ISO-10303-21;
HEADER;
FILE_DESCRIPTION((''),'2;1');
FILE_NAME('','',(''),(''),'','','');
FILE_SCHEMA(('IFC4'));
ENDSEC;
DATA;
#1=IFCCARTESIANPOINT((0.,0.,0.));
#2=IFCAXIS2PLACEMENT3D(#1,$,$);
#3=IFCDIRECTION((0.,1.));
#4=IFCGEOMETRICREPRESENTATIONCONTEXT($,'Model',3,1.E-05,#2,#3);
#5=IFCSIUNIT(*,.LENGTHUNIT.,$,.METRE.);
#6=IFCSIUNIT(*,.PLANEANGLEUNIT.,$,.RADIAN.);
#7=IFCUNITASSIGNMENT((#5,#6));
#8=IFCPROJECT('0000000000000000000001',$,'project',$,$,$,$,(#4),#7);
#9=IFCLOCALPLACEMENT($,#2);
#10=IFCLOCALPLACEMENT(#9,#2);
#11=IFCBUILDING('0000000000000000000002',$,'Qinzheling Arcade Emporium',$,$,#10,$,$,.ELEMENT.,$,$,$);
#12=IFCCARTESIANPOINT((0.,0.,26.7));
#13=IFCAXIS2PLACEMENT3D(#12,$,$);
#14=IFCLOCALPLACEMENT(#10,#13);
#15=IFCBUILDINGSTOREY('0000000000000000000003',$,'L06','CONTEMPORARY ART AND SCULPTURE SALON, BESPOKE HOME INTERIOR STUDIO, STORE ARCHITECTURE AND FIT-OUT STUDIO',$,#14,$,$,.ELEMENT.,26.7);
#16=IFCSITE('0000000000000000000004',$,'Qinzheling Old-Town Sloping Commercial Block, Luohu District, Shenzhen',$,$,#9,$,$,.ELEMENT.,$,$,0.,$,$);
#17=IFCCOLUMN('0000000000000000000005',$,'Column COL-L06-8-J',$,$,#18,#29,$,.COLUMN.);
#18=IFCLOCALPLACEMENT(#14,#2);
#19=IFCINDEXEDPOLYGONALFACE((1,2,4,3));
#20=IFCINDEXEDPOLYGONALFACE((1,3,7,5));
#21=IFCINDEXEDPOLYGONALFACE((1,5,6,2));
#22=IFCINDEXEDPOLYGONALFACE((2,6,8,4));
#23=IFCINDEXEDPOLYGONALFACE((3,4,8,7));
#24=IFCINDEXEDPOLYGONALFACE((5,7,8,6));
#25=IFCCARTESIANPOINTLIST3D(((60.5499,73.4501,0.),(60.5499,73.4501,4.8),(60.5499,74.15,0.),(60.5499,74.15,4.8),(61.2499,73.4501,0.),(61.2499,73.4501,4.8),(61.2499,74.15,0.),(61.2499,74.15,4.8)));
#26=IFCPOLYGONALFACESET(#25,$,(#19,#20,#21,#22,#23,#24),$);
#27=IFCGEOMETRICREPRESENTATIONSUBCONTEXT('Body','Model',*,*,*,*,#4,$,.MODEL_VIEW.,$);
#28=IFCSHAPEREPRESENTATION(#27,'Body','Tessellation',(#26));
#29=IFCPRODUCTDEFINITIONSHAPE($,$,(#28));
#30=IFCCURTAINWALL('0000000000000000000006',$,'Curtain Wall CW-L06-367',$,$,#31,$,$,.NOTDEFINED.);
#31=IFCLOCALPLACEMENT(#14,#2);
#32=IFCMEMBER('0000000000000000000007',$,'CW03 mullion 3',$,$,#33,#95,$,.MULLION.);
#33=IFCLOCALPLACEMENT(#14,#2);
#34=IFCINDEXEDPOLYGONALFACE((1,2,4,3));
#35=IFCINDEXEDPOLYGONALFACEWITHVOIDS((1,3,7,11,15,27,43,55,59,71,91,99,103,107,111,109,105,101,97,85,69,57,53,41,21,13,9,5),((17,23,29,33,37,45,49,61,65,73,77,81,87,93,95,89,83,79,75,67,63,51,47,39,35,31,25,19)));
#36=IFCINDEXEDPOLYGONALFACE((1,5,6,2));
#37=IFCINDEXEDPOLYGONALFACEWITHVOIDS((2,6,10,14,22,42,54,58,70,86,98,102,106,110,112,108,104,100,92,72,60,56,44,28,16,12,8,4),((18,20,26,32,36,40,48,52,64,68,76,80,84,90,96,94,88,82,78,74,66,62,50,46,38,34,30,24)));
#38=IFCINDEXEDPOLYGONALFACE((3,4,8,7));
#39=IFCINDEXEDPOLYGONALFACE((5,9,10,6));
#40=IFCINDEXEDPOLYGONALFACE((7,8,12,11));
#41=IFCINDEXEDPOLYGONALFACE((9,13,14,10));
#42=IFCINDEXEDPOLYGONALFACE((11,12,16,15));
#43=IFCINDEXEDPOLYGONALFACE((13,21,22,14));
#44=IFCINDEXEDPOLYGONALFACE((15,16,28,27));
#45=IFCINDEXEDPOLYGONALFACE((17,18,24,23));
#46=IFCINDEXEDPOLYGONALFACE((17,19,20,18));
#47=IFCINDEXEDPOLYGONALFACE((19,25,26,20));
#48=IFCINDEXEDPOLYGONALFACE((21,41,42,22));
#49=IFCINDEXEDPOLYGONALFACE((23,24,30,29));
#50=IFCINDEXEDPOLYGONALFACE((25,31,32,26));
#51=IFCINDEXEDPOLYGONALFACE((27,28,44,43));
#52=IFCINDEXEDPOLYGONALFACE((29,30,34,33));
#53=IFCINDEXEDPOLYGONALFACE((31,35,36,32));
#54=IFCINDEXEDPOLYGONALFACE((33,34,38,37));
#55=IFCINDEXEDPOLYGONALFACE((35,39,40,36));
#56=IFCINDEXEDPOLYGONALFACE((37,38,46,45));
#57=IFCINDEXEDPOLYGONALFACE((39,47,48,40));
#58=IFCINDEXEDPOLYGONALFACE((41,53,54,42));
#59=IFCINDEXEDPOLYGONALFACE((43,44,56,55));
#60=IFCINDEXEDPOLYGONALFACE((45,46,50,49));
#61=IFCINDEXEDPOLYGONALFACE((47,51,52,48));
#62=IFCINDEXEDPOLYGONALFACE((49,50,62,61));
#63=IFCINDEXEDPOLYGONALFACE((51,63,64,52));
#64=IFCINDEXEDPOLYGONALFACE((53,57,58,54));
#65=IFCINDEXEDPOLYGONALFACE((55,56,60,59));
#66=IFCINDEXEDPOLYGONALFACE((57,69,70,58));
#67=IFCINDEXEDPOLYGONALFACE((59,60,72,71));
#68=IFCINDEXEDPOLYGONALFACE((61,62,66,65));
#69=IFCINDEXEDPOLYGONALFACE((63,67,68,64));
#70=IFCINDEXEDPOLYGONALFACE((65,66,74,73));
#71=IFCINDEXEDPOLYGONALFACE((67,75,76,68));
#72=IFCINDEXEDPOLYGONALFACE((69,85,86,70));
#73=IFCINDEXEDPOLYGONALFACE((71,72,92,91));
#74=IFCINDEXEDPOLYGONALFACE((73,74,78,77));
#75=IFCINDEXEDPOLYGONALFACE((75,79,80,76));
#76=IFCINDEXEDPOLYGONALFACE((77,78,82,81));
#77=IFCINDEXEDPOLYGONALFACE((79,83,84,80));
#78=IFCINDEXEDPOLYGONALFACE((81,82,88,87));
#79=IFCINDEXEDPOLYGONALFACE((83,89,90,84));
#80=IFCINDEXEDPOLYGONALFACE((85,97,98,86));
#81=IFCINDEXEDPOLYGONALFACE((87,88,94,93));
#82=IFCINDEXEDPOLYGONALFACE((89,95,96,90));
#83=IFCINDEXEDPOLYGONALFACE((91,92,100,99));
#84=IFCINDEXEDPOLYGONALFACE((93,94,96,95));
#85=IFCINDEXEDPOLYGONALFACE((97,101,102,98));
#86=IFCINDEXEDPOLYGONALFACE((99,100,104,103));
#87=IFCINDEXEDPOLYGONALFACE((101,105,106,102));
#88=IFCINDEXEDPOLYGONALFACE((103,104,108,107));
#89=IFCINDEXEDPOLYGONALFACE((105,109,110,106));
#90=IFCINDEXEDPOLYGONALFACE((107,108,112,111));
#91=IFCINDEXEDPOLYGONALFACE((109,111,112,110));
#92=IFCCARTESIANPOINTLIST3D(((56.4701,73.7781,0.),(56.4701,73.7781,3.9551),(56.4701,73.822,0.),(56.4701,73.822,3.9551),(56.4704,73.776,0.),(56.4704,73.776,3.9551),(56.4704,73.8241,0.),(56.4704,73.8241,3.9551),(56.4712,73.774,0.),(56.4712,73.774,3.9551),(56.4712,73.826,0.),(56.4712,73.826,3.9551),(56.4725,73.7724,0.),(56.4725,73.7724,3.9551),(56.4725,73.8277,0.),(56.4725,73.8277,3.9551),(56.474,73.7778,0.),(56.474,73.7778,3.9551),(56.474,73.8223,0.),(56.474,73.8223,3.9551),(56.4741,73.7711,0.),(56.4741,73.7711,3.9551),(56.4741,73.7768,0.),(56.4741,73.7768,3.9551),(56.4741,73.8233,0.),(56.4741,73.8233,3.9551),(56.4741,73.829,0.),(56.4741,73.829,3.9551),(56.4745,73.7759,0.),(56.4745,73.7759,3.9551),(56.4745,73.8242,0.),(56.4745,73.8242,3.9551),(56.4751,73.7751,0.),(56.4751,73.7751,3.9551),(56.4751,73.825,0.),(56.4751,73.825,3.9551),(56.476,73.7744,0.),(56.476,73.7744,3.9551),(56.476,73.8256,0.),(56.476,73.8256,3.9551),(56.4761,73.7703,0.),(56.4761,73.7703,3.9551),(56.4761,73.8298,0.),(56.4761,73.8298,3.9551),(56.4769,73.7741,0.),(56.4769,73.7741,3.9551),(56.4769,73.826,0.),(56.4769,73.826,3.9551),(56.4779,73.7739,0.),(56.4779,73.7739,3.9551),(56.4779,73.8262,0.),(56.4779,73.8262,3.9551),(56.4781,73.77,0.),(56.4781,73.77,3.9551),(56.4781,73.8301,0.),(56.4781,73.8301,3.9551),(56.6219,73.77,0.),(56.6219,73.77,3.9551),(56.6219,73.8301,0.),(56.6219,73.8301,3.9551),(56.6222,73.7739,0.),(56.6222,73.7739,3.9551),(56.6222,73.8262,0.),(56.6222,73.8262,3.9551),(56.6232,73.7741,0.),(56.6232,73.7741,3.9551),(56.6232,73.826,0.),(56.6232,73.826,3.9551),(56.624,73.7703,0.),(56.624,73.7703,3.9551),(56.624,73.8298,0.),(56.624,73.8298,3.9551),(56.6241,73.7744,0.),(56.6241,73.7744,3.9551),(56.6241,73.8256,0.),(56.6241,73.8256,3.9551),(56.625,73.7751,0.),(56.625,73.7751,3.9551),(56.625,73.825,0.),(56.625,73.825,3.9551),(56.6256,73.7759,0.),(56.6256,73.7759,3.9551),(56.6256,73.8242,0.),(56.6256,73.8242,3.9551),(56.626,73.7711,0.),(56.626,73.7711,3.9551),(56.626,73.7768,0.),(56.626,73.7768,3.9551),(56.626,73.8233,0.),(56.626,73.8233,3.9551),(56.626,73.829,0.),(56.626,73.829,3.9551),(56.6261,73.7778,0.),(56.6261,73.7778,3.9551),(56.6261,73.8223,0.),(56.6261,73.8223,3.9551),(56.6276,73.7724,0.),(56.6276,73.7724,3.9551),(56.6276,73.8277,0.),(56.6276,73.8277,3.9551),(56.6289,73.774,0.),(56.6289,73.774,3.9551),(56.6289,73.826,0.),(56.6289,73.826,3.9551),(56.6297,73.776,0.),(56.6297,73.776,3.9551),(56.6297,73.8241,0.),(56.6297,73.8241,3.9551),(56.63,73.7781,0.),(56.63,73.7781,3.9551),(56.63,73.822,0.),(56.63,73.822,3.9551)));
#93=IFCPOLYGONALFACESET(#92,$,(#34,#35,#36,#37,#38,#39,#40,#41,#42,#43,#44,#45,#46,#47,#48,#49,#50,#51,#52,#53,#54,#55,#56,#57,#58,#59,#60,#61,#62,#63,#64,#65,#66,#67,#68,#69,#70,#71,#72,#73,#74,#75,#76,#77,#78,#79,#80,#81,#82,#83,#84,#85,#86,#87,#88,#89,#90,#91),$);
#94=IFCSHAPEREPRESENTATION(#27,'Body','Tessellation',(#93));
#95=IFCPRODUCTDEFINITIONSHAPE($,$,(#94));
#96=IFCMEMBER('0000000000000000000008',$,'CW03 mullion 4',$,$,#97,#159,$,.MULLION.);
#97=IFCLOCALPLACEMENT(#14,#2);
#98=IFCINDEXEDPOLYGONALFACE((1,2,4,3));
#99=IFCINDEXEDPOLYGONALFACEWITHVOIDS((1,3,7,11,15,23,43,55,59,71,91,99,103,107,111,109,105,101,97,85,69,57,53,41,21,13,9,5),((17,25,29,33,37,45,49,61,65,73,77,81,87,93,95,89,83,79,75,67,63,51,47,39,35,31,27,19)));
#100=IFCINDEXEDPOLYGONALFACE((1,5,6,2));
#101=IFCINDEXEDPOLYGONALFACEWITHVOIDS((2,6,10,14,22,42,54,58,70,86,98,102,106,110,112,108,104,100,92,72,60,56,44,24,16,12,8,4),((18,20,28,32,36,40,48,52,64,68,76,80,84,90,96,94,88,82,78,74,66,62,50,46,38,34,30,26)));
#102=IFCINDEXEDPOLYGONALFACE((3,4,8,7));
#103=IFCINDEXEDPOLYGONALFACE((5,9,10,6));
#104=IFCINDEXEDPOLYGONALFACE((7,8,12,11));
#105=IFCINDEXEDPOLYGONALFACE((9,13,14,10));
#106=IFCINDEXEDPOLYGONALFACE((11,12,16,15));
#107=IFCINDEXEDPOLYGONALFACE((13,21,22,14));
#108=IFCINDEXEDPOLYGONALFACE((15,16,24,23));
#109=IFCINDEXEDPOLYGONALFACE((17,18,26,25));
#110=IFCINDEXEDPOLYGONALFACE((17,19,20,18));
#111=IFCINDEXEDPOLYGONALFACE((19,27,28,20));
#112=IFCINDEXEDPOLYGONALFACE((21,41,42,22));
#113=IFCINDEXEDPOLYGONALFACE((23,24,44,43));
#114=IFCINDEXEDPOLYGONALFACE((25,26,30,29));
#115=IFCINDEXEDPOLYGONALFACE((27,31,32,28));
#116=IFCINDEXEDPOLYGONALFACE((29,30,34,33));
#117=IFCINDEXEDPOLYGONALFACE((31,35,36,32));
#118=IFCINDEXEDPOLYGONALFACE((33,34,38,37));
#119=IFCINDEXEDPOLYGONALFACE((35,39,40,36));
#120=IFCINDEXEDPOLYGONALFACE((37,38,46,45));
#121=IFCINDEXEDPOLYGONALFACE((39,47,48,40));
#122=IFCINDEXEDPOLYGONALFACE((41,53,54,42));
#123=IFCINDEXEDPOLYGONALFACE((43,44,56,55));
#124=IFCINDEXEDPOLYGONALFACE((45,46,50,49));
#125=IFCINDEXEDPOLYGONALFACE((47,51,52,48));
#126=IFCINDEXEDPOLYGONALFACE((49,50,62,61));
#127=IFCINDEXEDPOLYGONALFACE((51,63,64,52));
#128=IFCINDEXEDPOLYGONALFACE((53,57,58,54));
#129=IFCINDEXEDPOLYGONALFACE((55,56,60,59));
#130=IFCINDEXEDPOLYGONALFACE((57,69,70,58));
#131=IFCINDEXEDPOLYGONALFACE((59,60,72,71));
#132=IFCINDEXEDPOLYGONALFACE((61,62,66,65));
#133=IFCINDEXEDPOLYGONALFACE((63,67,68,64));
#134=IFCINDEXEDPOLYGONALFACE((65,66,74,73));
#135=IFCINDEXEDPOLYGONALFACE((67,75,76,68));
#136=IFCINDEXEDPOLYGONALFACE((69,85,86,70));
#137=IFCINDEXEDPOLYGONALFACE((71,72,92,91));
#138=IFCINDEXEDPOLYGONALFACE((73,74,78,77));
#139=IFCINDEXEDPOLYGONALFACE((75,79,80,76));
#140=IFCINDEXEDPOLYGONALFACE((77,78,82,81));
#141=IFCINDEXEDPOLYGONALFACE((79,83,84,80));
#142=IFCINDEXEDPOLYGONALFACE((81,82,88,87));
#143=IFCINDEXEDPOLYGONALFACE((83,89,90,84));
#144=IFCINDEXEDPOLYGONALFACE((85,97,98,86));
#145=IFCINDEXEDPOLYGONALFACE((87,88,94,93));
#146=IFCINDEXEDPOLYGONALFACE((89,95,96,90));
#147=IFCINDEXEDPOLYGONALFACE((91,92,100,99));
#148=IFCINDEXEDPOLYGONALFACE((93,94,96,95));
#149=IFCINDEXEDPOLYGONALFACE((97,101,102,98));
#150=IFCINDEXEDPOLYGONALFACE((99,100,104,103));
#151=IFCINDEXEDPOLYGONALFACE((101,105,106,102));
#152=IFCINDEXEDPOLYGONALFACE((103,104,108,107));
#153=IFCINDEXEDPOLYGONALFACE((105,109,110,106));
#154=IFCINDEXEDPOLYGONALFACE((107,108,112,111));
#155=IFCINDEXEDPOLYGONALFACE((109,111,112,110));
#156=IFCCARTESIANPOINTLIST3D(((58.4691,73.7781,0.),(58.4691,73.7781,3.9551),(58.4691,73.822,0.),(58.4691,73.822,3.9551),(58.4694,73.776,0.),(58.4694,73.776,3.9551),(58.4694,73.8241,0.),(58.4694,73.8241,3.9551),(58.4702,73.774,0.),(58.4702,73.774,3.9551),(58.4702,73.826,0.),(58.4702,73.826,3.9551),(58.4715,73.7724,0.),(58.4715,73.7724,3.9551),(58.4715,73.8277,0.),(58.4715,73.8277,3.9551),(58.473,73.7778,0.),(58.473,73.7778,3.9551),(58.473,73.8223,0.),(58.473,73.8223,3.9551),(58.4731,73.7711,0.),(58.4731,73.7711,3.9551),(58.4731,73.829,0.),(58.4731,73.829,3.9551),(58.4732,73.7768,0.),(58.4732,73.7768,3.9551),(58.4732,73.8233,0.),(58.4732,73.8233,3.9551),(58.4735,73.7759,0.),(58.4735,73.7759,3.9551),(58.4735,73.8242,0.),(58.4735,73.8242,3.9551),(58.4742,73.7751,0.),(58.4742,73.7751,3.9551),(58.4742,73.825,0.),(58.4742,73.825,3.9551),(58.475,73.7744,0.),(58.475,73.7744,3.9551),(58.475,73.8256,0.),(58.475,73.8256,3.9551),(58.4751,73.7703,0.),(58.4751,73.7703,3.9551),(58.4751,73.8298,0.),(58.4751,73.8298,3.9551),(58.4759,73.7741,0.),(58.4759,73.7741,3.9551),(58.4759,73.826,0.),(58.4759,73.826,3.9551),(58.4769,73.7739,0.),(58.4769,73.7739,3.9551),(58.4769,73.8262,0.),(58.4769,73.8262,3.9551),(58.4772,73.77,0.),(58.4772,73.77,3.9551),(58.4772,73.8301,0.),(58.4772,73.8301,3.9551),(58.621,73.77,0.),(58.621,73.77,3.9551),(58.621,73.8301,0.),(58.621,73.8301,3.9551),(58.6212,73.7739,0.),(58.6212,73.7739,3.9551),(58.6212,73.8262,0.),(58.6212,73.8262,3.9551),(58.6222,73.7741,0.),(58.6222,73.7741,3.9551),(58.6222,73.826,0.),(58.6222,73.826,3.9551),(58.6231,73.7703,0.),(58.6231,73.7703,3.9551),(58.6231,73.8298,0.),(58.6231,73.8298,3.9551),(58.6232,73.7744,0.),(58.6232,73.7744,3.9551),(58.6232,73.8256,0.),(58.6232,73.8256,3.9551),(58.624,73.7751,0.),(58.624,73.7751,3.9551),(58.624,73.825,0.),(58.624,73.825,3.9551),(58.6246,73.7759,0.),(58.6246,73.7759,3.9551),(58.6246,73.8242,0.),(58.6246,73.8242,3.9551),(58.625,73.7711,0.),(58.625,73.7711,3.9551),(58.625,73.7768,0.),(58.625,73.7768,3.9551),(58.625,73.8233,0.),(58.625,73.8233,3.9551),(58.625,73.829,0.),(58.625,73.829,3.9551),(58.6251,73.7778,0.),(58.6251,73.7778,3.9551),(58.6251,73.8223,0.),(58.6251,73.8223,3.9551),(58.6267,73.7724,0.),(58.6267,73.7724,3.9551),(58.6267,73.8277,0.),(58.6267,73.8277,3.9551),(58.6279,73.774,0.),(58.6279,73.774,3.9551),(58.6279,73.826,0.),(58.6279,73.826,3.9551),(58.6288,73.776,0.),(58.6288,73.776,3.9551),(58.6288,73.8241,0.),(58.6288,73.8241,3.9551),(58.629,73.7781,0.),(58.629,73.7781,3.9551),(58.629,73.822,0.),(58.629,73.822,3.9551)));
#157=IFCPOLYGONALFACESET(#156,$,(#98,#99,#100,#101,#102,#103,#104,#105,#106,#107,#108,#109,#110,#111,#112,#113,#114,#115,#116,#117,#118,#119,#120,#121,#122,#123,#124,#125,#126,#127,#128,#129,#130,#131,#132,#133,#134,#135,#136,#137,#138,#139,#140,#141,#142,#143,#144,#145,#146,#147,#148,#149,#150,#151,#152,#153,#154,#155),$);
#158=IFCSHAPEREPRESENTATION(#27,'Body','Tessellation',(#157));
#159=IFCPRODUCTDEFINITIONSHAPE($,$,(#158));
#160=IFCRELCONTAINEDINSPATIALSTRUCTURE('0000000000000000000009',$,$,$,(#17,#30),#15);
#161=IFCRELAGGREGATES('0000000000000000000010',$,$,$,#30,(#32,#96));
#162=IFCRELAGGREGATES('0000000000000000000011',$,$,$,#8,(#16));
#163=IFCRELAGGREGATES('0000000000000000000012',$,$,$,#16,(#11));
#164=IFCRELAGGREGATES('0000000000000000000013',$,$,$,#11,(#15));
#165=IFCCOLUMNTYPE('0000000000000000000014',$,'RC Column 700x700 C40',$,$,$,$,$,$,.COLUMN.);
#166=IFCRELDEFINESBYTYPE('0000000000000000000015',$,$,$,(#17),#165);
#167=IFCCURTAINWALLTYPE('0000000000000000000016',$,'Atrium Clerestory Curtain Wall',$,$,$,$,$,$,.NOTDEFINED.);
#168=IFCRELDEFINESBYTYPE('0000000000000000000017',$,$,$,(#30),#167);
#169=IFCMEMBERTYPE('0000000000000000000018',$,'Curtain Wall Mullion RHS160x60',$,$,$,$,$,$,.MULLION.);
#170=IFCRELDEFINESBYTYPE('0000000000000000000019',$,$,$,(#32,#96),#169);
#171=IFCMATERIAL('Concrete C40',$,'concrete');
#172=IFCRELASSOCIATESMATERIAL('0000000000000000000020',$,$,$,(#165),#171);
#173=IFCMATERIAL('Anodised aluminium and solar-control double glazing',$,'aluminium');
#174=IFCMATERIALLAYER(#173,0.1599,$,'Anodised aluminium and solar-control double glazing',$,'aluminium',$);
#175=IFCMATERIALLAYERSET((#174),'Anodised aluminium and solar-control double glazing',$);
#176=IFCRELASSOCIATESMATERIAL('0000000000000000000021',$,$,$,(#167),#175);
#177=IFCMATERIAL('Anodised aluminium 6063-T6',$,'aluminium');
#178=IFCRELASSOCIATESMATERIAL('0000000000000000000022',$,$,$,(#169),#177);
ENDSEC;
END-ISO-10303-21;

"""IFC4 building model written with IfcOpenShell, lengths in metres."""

from ifc_helpers import new_model, si_unit, direction, frame, origin, origin_2d, place, context, subcontext, project, spatial, rectangle, hollow_rectangle, extrude, material, layer, layer_set, material_profile, profile_set, type_object, element, aggregate, save


model = new_model("IFC4")

# Units and contexts
model_context = context("Model", 3, precision=1e-05, world=origin(), true_north=direction((0.0, 1.0)))
body_context = subcontext(model_context, "Body", "Model", "MODEL_VIEW")
ifc_project = project(units=[si_unit("LENGTHUNIT", "METRE"), si_unit("PLANEANGLEUNIT", "RADIAN")], contexts=[model_context])

# Site, building, storey
site_placement = place(None, origin())
site = spatial("IfcSite", under=ifc_project, at=site_placement, Name="Qinzheling Old-Town Sloping Commercial Block, Luohu District, Shenzhen", CompositionType="ELEMENT", RefElevation=0.0)
building_placement = place(site_placement, origin())
building = spatial("IfcBuilding", under=site, at=building_placement, Name="Qinzheling Arcade Emporium", CompositionType="ELEMENT")
storey_placement = place(building_placement, frame((0.0, 0.0, 26.7)))
storey = spatial("IfcBuildingStorey", under=building, at=storey_placement, Name="L06", Description="CONTEMPORARY ART AND SCULPTURE SALON, BESPOKE HOME INTERIOR STUDIO, STORE ARCHITECTURE AND FIT-OUT STUDIO", CompositionType="ELEMENT", Elevation=26.7)

# Column
ifc_material_1 = material(Name="Concrete C40", Category="concrete")
ifc_material_profile_1 = material_profile(ifc_material_1, rectangle(XDim=0.7, YDim=0.7, at=origin_2d()), Name="RC 700x700", Category="concrete")
ifc_profile_set_1 = profile_set([ifc_material_profile_1], Name="Concrete C40")
column_type = type_object("IfcColumnType", Name="RC Column 700x700 C40", PredefinedType="COLUMN", material=ifc_profile_set_1)
column_placement = place(storey_placement, frame((60.8999, 73.8, 0.0), z_axis=(0.0, 0.0, 1.0), x_axis=(1.0, 0.0, 0.0)))
element("IfcColumn", 1, at=column_placement, inside=storey, type_object=column_type, Name="Column COL-L06-8-J", PredefinedType="COLUMN", context=body_context, shape_type="SweptSolid", body=[
    extrude(rectangle(XDim=0.7, YDim=0.7, at=origin_2d()), origin(), (0.0, 0.0, 1.0), 4.8),
])

# Curtain wall, members
ifc_material_2 = material(Name="Anodised aluminium and solar-control double glazing", Category="aluminium")
ifc_layer_1 = layer(ifc_material_2, 0.1599, Name="Anodised aluminium and solar-control double glazing", Category="aluminium")
ifc_layer_set_1 = layer_set([ifc_layer_1], Name="Anodised aluminium and solar-control double glazing")
curtain_wall_type = type_object("IfcCurtainWallType", Name="Atrium Clerestory Curtain Wall", PredefinedType="NOTDEFINED", material=ifc_layer_set_1)
curtain_wall_1_placement = place(storey_placement, origin())
curtain_wall_1 = element("IfcCurtainWall", 2, at=curtain_wall_1_placement, inside=storey, type_object=curtain_wall_type, Name="Curtain Wall CW-L06-367", PredefinedType="NOTDEFINED")
ifc_material_3 = material(Name="Anodised aluminium 6063-T6", Category="aluminium")
ifc_material_profile_2 = material_profile(ifc_material_3, hollow_rectangle(XDim=0.0601, YDim=0.1599, WallThickness=0.0039, InnerFilletRadius=0.0039, OuterFilletRadius=0.0081, at=origin_2d()), Name="RHS 160x60x4", Category="aluminium")
ifc_profile_set_2 = profile_set([ifc_material_profile_2], Name="Anodised aluminium 6063-T6")
member_type_1 = type_object("IfcMemberType", Name="Curtain Wall Mullion RHS160x60", PredefinedType="MULLION", material=ifc_profile_set_2)
member_1_placement = place(storey_placement, frame((56.55, 73.8, 0.0), z_axis=(0.0, 0.0, 1.0), x_axis=(0.0, 1.0, 0.0)))
member_1 = element("IfcMember", 3, at=member_1_placement, type_object=member_type_1, Name="CW03 mullion 3", PredefinedType="MULLION", context=body_context, shape_type="SweptSolid", body=[
    extrude(hollow_rectangle(XDim=0.0601, YDim=0.1599, WallThickness=0.0039, InnerFilletRadius=0.0039, OuterFilletRadius=0.0081, at=origin_2d()), origin(), (0.0, 0.0, 1.0), 3.9551),
])
member_2_placement = place(storey_placement, frame((58.5491, 73.8, 0.0), z_axis=(0.0, 0.0, 1.0), x_axis=(0.0, 1.0, 0.0)))
member_2 = element("IfcMember", 4, at=member_2_placement, type_object=member_type_1, Name="CW03 mullion 4", PredefinedType="MULLION", context=body_context, shape_type="SweptSolid", body=[
    extrude(hollow_rectangle(XDim=0.0601, YDim=0.1599, WallThickness=0.0039, InnerFilletRadius=0.0039, OuterFilletRadius=0.0081, at=origin_2d()), origin(), (0.0, 0.0, 1.0), 3.9551),
])

aggregate(curtain_wall_1, [member_1, member_2])

save(model, "model.ifc")
